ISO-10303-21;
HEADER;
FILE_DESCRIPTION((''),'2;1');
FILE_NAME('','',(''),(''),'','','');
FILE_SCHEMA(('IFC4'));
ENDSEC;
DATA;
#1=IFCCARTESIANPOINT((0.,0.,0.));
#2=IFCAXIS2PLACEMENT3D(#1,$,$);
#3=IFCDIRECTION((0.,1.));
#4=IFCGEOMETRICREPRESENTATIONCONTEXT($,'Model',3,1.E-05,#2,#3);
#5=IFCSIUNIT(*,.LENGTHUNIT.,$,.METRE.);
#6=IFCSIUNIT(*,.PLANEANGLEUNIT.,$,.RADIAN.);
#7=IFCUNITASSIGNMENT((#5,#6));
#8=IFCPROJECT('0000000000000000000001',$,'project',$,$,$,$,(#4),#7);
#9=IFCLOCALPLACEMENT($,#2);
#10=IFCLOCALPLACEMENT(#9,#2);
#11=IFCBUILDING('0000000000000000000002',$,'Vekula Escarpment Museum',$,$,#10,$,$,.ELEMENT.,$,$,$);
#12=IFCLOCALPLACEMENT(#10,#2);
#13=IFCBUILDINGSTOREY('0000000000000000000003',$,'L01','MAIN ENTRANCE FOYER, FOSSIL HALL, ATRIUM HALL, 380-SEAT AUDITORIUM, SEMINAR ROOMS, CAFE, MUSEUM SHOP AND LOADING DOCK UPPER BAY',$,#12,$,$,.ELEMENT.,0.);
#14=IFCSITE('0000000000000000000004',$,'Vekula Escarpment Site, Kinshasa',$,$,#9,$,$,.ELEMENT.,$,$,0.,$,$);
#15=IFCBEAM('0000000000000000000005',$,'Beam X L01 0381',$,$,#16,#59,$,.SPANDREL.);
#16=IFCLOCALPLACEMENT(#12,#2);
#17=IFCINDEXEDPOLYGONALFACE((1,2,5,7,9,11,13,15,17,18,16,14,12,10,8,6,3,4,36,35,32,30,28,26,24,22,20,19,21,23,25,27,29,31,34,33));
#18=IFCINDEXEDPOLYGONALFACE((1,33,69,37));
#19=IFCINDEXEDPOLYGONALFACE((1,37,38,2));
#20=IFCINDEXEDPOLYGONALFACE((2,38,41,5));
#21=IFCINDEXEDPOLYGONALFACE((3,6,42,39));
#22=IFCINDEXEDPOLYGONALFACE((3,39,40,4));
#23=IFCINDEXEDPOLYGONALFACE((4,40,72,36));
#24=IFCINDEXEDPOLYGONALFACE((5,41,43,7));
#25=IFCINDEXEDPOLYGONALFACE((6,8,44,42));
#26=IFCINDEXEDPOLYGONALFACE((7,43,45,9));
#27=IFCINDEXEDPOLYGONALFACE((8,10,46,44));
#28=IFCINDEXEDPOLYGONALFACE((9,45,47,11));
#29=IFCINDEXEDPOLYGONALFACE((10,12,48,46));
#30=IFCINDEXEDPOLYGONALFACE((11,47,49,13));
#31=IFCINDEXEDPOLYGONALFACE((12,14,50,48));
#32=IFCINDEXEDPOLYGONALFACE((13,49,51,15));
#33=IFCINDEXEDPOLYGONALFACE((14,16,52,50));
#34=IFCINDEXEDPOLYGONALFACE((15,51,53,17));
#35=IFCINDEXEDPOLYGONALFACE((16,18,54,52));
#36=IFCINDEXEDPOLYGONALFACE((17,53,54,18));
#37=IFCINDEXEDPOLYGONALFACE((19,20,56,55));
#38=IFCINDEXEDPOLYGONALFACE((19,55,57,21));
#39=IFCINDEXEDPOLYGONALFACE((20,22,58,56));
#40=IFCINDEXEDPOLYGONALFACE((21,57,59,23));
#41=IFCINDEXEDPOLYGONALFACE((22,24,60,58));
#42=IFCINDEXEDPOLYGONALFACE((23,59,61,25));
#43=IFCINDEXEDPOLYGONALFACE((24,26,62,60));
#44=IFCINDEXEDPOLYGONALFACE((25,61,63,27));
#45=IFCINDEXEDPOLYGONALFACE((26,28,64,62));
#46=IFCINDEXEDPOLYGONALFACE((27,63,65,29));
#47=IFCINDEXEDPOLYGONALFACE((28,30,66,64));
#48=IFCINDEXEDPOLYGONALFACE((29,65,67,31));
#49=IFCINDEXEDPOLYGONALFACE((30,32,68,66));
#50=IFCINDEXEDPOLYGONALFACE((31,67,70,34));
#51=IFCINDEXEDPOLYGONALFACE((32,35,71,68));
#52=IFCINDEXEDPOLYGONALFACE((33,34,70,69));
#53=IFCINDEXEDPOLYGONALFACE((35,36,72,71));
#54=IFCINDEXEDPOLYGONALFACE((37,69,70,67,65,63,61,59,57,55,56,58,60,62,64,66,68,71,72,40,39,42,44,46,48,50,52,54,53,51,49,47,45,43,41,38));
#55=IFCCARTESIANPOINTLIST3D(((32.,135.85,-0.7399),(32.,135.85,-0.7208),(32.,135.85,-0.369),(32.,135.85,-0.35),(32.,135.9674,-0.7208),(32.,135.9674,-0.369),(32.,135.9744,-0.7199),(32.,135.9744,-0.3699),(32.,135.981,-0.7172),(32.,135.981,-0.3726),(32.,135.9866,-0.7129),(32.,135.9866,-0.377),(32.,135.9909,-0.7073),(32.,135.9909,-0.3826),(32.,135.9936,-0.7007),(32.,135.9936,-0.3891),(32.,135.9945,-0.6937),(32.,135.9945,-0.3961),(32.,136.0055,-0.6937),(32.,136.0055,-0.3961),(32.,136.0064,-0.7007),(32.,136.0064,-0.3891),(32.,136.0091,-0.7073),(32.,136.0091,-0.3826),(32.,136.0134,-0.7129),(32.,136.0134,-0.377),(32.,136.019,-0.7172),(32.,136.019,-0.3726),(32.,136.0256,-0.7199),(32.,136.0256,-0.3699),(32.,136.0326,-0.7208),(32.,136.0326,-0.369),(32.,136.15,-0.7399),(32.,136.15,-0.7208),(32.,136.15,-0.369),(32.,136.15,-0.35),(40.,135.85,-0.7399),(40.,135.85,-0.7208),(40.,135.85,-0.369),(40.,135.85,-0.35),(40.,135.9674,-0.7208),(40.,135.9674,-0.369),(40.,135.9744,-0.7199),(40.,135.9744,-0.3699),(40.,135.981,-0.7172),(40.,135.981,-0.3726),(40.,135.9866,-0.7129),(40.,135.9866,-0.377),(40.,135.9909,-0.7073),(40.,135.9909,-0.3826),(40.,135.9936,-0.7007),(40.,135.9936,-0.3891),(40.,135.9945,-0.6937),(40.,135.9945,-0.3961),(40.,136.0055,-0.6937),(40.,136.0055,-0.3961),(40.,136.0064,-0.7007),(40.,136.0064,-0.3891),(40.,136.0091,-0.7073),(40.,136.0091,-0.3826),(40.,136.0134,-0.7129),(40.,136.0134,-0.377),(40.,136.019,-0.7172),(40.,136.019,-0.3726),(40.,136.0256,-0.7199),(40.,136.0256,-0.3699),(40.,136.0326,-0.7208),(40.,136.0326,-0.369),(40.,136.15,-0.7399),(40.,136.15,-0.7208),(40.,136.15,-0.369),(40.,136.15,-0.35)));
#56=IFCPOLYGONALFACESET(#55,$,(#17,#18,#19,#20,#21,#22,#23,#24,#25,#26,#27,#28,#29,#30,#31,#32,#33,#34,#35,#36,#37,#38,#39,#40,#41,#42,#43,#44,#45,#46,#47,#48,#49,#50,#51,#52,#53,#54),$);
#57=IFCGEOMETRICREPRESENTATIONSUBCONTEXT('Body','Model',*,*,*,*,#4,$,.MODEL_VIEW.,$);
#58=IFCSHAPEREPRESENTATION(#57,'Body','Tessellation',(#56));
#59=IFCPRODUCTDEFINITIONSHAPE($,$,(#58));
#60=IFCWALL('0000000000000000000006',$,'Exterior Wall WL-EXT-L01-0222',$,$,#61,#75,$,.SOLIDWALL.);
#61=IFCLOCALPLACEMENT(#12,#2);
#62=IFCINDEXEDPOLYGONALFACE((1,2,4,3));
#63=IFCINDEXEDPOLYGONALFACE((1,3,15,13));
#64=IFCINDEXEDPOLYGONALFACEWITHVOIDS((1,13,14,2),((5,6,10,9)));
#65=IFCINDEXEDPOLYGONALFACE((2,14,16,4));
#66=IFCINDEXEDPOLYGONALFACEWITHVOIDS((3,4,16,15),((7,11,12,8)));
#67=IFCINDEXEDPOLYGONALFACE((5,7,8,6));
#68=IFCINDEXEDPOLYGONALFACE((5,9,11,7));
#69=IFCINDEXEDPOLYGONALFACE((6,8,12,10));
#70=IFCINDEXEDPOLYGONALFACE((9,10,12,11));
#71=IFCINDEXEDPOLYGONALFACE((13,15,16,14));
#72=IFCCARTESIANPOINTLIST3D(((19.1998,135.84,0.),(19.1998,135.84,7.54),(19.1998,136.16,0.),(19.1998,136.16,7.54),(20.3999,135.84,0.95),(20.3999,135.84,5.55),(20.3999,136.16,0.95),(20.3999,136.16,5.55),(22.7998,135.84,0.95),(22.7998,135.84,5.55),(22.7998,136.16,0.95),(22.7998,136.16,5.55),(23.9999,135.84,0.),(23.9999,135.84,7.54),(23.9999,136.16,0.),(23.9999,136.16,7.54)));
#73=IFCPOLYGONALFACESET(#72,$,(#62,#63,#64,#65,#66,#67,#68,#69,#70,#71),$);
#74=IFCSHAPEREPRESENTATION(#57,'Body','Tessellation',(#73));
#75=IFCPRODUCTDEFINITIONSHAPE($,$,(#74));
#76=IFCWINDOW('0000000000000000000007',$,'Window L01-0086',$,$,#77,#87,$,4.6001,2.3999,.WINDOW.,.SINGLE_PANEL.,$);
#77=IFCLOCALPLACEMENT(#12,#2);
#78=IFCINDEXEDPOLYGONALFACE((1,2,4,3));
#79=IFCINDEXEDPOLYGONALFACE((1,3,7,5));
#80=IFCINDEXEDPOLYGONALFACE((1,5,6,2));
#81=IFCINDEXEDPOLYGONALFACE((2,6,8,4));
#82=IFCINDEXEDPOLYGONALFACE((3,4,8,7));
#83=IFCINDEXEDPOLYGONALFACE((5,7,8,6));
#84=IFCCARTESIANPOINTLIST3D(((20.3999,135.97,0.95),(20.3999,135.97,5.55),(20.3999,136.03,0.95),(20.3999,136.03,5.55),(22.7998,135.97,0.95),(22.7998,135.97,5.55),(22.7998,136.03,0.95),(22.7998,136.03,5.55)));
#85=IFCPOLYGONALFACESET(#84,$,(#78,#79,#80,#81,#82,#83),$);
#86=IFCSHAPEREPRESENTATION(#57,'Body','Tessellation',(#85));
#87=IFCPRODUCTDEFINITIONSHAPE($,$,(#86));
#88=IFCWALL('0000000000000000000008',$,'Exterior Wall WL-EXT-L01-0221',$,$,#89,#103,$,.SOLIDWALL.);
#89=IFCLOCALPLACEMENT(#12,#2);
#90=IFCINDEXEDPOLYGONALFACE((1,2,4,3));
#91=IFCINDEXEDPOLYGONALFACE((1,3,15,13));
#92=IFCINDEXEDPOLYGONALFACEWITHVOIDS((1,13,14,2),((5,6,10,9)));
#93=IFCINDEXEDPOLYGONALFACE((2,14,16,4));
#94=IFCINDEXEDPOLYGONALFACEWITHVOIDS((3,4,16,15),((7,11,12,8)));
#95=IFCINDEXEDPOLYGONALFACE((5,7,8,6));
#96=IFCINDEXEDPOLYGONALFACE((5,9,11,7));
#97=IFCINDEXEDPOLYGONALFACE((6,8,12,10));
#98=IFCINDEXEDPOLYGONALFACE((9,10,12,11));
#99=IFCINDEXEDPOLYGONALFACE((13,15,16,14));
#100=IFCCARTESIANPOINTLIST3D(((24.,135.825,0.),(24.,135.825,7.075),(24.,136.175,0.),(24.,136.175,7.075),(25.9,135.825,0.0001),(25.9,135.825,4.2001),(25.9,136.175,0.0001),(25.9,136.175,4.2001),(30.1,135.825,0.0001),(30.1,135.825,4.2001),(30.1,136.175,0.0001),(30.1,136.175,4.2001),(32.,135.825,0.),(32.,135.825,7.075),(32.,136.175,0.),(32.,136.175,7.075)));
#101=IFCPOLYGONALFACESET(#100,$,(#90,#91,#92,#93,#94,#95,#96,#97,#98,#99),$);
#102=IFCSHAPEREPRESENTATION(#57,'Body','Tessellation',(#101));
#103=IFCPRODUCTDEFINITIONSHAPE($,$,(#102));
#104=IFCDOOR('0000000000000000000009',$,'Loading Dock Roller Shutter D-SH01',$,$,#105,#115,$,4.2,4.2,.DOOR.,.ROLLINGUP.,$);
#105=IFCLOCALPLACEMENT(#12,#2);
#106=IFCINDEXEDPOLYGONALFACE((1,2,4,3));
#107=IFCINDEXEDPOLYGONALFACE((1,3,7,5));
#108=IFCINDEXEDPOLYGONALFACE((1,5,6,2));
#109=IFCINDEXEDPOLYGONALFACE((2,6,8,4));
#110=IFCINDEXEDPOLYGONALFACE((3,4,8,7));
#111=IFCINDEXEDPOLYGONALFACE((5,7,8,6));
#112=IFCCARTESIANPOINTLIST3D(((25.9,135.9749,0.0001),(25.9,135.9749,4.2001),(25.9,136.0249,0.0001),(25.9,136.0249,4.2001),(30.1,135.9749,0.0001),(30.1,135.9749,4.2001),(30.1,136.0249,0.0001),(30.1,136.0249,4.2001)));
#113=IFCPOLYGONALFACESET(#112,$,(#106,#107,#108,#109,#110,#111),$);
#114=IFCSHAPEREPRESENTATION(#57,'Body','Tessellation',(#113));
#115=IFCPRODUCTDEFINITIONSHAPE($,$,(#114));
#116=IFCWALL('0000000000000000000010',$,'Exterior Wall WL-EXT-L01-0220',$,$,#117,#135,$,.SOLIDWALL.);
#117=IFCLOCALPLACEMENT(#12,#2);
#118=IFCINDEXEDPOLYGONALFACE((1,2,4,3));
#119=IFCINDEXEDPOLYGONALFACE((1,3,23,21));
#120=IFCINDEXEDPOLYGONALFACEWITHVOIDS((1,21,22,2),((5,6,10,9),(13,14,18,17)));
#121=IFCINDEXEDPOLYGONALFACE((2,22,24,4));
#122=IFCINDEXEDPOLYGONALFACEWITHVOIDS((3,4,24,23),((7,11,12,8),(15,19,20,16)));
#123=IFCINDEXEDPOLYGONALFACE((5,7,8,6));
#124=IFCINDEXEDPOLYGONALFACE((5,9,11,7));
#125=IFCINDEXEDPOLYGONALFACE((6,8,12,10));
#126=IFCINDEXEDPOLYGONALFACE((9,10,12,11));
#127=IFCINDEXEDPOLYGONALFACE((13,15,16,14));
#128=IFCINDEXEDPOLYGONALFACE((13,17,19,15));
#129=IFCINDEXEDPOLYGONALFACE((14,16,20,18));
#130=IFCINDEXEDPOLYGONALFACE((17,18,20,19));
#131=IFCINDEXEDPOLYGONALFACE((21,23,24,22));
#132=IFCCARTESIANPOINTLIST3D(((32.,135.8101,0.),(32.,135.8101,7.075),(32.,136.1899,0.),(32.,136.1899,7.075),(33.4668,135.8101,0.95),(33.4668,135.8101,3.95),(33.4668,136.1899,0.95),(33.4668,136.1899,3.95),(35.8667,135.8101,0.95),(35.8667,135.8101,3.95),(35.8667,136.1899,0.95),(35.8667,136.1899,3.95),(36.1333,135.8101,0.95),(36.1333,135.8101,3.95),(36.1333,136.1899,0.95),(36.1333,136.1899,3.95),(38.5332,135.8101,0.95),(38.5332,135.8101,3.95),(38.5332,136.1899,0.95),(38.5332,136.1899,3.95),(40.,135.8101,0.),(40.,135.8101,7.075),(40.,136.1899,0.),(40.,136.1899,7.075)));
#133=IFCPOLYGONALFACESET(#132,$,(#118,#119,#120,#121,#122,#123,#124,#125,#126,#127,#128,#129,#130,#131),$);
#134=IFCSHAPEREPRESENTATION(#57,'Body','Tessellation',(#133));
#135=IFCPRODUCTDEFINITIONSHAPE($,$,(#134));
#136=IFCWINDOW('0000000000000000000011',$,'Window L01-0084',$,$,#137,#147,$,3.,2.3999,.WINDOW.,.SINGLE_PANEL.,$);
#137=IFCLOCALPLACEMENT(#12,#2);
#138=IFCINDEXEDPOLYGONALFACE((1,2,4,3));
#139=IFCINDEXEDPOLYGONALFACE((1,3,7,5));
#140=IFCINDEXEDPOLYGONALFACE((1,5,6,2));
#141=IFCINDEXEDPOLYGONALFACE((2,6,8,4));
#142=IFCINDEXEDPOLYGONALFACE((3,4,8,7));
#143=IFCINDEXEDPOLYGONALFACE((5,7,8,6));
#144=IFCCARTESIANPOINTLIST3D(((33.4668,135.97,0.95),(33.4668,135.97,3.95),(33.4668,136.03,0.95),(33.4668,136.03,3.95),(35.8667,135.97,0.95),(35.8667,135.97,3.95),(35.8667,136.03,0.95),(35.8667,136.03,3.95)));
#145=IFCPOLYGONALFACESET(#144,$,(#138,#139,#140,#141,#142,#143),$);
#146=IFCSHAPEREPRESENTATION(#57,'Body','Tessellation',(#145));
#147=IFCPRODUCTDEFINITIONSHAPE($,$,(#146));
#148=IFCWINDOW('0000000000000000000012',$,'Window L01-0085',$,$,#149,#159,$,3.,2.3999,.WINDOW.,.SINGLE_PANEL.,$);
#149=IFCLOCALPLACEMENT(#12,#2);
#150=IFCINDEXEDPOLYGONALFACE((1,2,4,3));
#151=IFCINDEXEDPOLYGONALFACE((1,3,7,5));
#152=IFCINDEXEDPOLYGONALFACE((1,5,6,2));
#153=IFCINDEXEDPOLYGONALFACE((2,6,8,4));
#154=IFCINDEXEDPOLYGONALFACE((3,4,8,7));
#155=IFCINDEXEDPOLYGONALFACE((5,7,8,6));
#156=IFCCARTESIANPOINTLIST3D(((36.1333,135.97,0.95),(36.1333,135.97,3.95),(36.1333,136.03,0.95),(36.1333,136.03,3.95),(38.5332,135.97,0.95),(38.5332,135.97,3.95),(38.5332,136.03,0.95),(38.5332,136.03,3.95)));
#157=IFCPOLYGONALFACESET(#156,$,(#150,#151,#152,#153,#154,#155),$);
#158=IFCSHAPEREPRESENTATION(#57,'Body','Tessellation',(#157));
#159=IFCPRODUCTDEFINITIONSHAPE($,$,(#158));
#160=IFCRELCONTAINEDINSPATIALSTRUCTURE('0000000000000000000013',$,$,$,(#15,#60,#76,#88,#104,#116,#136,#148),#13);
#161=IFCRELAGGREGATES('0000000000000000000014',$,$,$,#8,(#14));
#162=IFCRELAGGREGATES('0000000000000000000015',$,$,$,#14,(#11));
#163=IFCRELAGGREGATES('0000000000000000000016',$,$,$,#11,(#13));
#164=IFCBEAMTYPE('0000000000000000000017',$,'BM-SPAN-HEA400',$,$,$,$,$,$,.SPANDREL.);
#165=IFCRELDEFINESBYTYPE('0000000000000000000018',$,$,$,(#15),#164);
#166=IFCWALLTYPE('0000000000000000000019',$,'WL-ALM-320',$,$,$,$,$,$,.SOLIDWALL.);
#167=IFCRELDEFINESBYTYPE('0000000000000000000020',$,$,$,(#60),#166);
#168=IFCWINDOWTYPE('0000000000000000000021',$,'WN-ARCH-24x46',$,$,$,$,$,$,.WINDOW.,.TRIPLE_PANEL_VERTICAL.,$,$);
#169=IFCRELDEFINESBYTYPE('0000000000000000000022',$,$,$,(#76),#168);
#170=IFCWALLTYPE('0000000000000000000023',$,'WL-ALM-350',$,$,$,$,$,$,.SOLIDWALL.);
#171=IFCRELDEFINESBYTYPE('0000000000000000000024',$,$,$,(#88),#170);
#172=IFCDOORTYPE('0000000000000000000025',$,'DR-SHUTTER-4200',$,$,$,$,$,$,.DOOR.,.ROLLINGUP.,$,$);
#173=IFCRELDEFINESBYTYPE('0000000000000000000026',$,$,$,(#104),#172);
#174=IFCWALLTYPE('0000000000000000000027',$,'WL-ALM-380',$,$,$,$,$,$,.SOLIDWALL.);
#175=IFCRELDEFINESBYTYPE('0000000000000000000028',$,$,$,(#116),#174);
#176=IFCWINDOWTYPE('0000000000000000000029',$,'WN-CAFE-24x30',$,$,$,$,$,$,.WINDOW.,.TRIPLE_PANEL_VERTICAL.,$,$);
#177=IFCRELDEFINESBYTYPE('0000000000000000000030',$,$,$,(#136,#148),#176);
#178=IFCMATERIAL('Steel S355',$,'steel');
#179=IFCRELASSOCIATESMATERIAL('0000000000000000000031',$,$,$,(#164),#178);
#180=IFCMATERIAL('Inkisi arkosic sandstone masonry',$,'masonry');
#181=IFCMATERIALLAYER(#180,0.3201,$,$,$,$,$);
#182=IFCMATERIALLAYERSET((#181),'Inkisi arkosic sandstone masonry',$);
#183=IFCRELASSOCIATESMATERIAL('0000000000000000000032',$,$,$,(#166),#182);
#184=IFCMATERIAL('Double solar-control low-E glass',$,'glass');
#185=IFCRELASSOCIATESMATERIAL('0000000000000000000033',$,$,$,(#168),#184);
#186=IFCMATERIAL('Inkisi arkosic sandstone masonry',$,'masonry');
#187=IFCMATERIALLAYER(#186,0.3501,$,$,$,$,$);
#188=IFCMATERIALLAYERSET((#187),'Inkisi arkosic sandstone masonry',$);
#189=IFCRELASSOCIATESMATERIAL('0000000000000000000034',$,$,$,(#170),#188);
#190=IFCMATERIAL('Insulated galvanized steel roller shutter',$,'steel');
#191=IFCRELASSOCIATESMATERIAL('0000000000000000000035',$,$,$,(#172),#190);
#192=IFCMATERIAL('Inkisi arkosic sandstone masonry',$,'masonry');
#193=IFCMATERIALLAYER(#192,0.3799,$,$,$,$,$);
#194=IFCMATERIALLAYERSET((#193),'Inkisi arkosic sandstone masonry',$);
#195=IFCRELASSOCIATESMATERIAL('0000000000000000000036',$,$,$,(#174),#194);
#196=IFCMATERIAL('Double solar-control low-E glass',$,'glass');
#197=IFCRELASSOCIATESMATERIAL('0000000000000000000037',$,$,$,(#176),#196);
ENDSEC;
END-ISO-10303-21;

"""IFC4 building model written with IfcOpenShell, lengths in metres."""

from ifc_helpers import new_model, si_unit, direction, frame, frame_2d, origin, origin_2d, place, context, subcontext, project, spatial, rectangle, i_section, extrude, material, layer, layer_set, material_profile, profile_set, type_object, element, fill, save


model = new_model("IFC4")

# Units and contexts
model_context = context("Model", 3, precision=1e-05, world=origin(), true_north=direction((0.0, 1.0)))
body_context = subcontext(model_context, "Body", "Model", "MODEL_VIEW")
ifc_project = project(units=[si_unit("LENGTHUNIT", "METRE"), si_unit("PLANEANGLEUNIT", "RADIAN")], contexts=[model_context])

# Site, building, storey
site_placement = place(None, origin())
site = spatial("IfcSite", under=ifc_project, at=site_placement, Name="Vekula Escarpment Site, Kinshasa", CompositionType="ELEMENT", RefElevation=0.0)
building_placement = place(site_placement, origin())
building = spatial("IfcBuilding", under=site, at=building_placement, Name="Vekula Escarpment Museum", CompositionType="ELEMENT")
storey_placement = place(building_placement, origin())
storey = spatial("IfcBuildingStorey", under=building, at=storey_placement, Name="L01", Description="MAIN ENTRANCE FOYER, FOSSIL HALL, ATRIUM HALL, 380-SEAT AUDITORIUM, SEMINAR ROOMS, CAFE, MUSEUM SHOP AND LOADING DOCK UPPER BAY", CompositionType="ELEMENT", Elevation=0.0)

# Beam
ifc_material_1 = material(Name="Steel S355", Category="steel")
ifc_material_profile_1 = material_profile(ifc_material_1, i_section(OverallWidth=0.3, OverallDepth=0.3899, WebThickness=0.011, FlangeThickness=0.019, FilletRadius=0.0271, at=origin_2d()), Name="HEA 400")
ifc_profile_set_1 = profile_set([ifc_material_profile_1], Name="Steel S355")
beam_type_1 = type_object("IfcBeamType", Name="BM-SPAN-HEA400", PredefinedType="SPANDREL", material=ifc_profile_set_1)
for number, where, z_axis, x_axis, name in (
    (1, (32.0, 136.0, -0.5449), (1.0, 0.0, 0.0), (0.0, 1.0, 0.0), "Beam X L01 0381"),
):
    element("IfcBeam", number, at=place(storey_placement, frame(where, z_axis=z_axis, x_axis=x_axis)), inside=storey, type_object=beam_type_1, Name=name, PredefinedType="SPANDREL", context=body_context, shape_type="SweptSolid", body=[
        extrude(i_section(OverallWidth=0.3, OverallDepth=0.3899, WebThickness=0.011, FlangeThickness=0.019, FilletRadius=0.0271, at=origin_2d()), origin(), (0.0, 0.0, 1.0), 8.0),
    ])

# Wall, opening, window
ifc_material_2 = material(Name="Inkisi arkosic sandstone masonry", Category="masonry")
ifc_layer_1 = layer(ifc_material_2, 0.3201)
ifc_layer_set_1 = layer_set([ifc_layer_1], Name="Inkisi arkosic sandstone masonry")
wall_type_1 = type_object("IfcWallType", Name="WL-ALM-320", PredefinedType="SOLIDWALL", material=ifc_layer_set_1)
wall_1_placement = place(storey_placement, frame((19.2, 136.0, 0.0), z_axis=(0.0, 0.0, 1.0), x_axis=(1.0, 0.0, 0.0)))
wall_1 = element("IfcWall", 2, at=wall_1_placement, inside=storey, type_object=wall_type_1, Name="Exterior Wall WL-EXT-L01-0222", PredefinedType="SOLIDWALL", context=body_context, shape_type="SweptSolid", body=[
    extrude(rectangle(XDim=4.8, YDim=0.3201, at=frame_2d((2.3999, 0.0))), origin(), (0.0, 0.0, 1.0), 7.54),
])
opening_1_placement = place(wall_1_placement, frame((1.2, 0.0, 0.95)))
opening_1 = element("IfcOpeningElement", 3, at=opening_1_placement, cuts=wall_1, PredefinedType="OPENING", context=body_context, shape_type="SweptSolid", body=[
    extrude(rectangle(XDim=2.3999, YDim=4.6001, at=frame_2d((1.2, 2.3))), frame((0.0, 0.1699, 0.0), z_axis=(0.0, -1.0, 0.0), x_axis=(1.0, 0.0, 0.0)), (0.0, 0.0, 1.0), 0.3401),
])
ifc_material_3 = material(Name="Double solar-control low-E glass", Category="glass")
window_type_1 = type_object("IfcWindowType", Name="WN-ARCH-24x46", PartitioningType="TRIPLE_PANEL_VERTICAL", PredefinedType="WINDOW", material=ifc_material_3)
window_1_placement = place(opening_1_placement, origin())
window_1 = element("IfcWindow", 4, at=window_1_placement, inside=storey, type_object=window_type_1, Name="Window L01-0086", OverallHeight=4.6001, OverallWidth=2.3999, PartitioningType="SINGLE_PANEL", PredefinedType="WINDOW", context=body_context, shape_type="SweptSolid", body=[
    extrude(rectangle(XDim=2.3999, YDim=4.6001, at=frame_2d((1.2, 2.3))), frame((0.0, 0.03, 0.0), z_axis=(0.0, -1.0, 0.0), x_axis=(1.0, 0.0, 0.0)), (0.0, 0.0, 1.0), 0.0601),
])
fill(opening_1, window_1)

# Wall, opening, door
ifc_material_4 = material(Name="Inkisi arkosic sandstone masonry", Category="masonry")
ifc_layer_2 = layer(ifc_material_4, 0.3501)
ifc_layer_set_2 = layer_set([ifc_layer_2], Name="Inkisi arkosic sandstone masonry")
wall_type_2 = type_object("IfcWallType", Name="WL-ALM-350", PredefinedType="SOLIDWALL", material=ifc_layer_set_2)
wall_2_placement = place(storey_placement, frame((24.0, 136.0, 0.0), z_axis=(0.0, 0.0, 1.0), x_axis=(1.0, 0.0, 0.0)))
wall_2 = element("IfcWall", 5, at=wall_2_placement, inside=storey, type_object=wall_type_2, Name="Exterior Wall WL-EXT-L01-0221", PredefinedType="SOLIDWALL", context=body_context, shape_type="SweptSolid", body=[
    extrude(rectangle(XDim=8.0, YDim=0.3501, at=frame_2d((4.0, 0.0))), origin(), (0.0, 0.0, 1.0), 7.075),
])
opening_2_placement = place(wall_2_placement, frame((1.8999, 0.0, 0.0)))
opening_2 = element("IfcOpeningElement", 6, at=opening_2_placement, cuts=wall_2, PredefinedType="OPENING", context=body_context, shape_type="SweptSolid", body=[
    extrude(rectangle(XDim=4.2, YDim=4.2, at=frame_2d((2.1001, 2.1001))), frame((0.0, 0.1851, 0.0), z_axis=(0.0, -1.0, 0.0), x_axis=(1.0, 0.0, 0.0)), (0.0, 0.0, 1.0), 0.3701),
])
ifc_material_5 = material(Name="Insulated galvanized steel roller shutter", Category="steel")
door_type = type_object("IfcDoorType", Name="DR-SHUTTER-4200", OperationType="ROLLINGUP", PredefinedType="DOOR", material=ifc_material_5)
door_placement = place(opening_2_placement, origin())
door = element("IfcDoor", 7, at=door_placement, inside=storey, type_object=door_type, Name="Loading Dock Roller Shutter D-SH01", OperationType="ROLLINGUP", OverallHeight=4.2, OverallWidth=4.2, PredefinedType="DOOR", context=body_context, shape_type="SweptSolid", body=[
    extrude(rectangle(XDim=4.2, YDim=4.2, at=frame_2d((2.1001, 2.1001))), frame((0.0, 0.0249, 0.0), z_axis=(0.0, -1.0, 0.0), x_axis=(1.0, 0.0, 0.0)), (0.0, 0.0, 1.0), 0.05),
])
fill(opening_2, door)

# Wall, openings, windows
ifc_material_6 = material(Name="Inkisi arkosic sandstone masonry", Category="masonry")
ifc_layer_3 = layer(ifc_material_6, 0.3799)
ifc_layer_set_3 = layer_set([ifc_layer_3], Name="Inkisi arkosic sandstone masonry")
wall_type_3 = type_object("IfcWallType", Name="WL-ALM-380", PredefinedType="SOLIDWALL", material=ifc_layer_set_3)
wall_3_placement = place(storey_placement, frame((32.0, 136.0, 0.0), z_axis=(0.0, 0.0, 1.0), x_axis=(1.0, 0.0, 0.0)))
wall_3 = element("IfcWall", 8, at=wall_3_placement, inside=storey, type_object=wall_type_3, Name="Exterior Wall WL-EXT-L01-0220", PredefinedType="SOLIDWALL", context=body_context, shape_type="SweptSolid", body=[
    extrude(rectangle(XDim=8.0, YDim=0.3799, at=frame_2d((4.0, 0.0))), origin(), (0.0, 0.0, 1.0), 7.075),
])
opening_3_placement = place(wall_3_placement, frame((1.4668, 0.0, 0.95)))
opening_3 = element("IfcOpeningElement", 9, at=opening_3_placement, cuts=wall_3, PredefinedType="OPENING", context=body_context, shape_type="SweptSolid", body=[
    extrude(rectangle(XDim=2.3999, YDim=3.0, at=frame_2d((1.2, 1.5))), frame((0.0, 0.2, 0.0), z_axis=(0.0, -1.0, 0.0), x_axis=(1.0, 0.0, 0.0)), (0.0, 0.0, 1.0), 0.3999),
])
opening_4_placement = place(wall_3_placement, frame((4.1333, 0.0, 0.95)))
opening_4 = element("IfcOpeningElement", 10, at=opening_4_placement, cuts=wall_3, PredefinedType="OPENING", context=body_context, shape_type="SweptSolid", body=[
    extrude(rectangle(XDim=2.3999, YDim=3.0, at=frame_2d((1.2, 1.5))), frame((0.0, 0.2, 0.0), z_axis=(0.0, -1.0, 0.0), x_axis=(1.0, 0.0, 0.0)), (0.0, 0.0, 1.0), 0.3999),
])
ifc_material_7 = material(Name="Double solar-control low-E glass", Category="glass")
window_type_2 = type_object("IfcWindowType", Name="WN-CAFE-24x30", PartitioningType="TRIPLE_PANEL_VERTICAL", PredefinedType="WINDOW", material=ifc_material_7)
window_2_placement = place(opening_3_placement, origin())
window_2 = element("IfcWindow", 11, at=window_2_placement, inside=storey, type_object=window_type_2, Name="Window L01-0084", OverallHeight=3.0, OverallWidth=2.3999, PartitioningType="SINGLE_PANEL", PredefinedType="WINDOW", context=body_context, shape_type="SweptSolid", body=[
    extrude(rectangle(XDim=2.3999, YDim=3.0, at=frame_2d((1.2, 1.5))), frame((0.0, 0.03, 0.0), z_axis=(0.0, -1.0, 0.0), x_axis=(1.0, 0.0, 0.0)), (0.0, 0.0, 1.0), 0.0601),
])
fill(opening_3, window_2)
window_3_placement = place(opening_4_placement, origin())
window_3 = element("IfcWindow", 12, at=window_3_placement, inside=storey, type_object=window_type_2, Name="Window L01-0085", OverallHeight=3.0, OverallWidth=2.3999, PartitioningType="SINGLE_PANEL", PredefinedType="WINDOW", context=body_context, shape_type="SweptSolid", body=[
    extrude(rectangle(XDim=2.3999, YDim=3.0, at=frame_2d((1.2, 1.5))), frame((0.0, 0.03, 0.0), z_axis=(0.0, -1.0, 0.0), x_axis=(1.0, 0.0, 0.0)), (0.0, 0.0, 1.0), 0.0601),
])
fill(opening_4, window_3)

save(model, "model.ifc")
